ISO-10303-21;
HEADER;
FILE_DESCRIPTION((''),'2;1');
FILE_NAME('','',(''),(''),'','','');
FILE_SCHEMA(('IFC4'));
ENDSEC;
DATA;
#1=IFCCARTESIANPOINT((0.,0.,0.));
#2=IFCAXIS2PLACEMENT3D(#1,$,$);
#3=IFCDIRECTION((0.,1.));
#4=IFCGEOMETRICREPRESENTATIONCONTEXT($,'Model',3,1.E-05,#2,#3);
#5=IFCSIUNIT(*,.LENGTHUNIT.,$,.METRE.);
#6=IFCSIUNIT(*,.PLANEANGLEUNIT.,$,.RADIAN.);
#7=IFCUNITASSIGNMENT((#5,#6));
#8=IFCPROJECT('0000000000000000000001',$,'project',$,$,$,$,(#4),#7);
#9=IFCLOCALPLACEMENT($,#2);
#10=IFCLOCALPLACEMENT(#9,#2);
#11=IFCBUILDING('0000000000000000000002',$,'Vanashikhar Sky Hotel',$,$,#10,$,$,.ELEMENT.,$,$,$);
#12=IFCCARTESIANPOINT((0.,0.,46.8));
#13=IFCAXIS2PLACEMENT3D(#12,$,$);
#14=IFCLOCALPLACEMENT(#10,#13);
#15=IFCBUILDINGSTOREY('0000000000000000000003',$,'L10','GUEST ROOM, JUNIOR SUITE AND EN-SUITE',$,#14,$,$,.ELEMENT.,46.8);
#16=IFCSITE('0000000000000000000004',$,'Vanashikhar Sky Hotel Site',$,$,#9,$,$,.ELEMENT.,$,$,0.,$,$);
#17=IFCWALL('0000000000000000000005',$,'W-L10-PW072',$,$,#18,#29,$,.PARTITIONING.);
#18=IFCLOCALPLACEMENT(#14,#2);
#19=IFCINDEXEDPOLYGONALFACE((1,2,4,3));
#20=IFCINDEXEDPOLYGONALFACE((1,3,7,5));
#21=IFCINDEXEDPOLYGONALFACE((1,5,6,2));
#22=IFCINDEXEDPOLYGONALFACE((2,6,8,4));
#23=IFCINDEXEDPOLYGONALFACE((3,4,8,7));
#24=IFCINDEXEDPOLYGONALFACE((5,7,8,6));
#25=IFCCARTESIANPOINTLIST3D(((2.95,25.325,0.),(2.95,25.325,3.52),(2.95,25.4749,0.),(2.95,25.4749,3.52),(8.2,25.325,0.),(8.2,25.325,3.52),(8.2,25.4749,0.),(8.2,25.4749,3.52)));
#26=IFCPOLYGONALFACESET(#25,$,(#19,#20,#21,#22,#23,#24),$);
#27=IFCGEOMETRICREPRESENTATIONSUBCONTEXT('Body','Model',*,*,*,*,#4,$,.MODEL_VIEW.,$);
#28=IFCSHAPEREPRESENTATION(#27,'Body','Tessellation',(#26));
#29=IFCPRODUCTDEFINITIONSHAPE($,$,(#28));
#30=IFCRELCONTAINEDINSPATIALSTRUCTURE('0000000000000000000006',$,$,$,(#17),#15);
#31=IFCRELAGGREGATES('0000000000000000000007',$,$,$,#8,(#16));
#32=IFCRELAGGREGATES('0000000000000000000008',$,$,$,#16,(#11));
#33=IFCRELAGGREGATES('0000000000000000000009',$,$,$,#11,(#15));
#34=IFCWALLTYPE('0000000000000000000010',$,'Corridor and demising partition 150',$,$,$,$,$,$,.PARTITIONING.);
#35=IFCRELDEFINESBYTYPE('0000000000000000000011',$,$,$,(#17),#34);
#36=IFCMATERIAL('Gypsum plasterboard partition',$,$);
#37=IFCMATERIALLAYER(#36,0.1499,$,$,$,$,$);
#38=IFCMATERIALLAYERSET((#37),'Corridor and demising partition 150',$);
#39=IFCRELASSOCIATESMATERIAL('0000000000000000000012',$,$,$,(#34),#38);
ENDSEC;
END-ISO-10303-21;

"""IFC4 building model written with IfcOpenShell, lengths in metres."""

from ifc_helpers import new_model, si_unit, direction, frame, frame_2d, origin, place, context, subcontext, project, spatial, rectangle, extrude, source, transform, mapped, material, layer, layer_set, type_object, element, save


model = new_model("IFC4")

# Units and contexts
model_context = context("Model", 3, precision=1e-05, world=origin(), true_north=direction((0.0, 1.0)))
body_context = subcontext(model_context, "Body", "Model", "MODEL_VIEW")
ifc_project = project(units=[si_unit("LENGTHUNIT", "METRE"), si_unit("PLANEANGLEUNIT", "RADIAN")], contexts=[model_context])

# Site, building, storey
site_placement = place(None, origin())
site = spatial("IfcSite", under=ifc_project, at=site_placement, Name="Vanashikhar Sky Hotel Site", CompositionType="ELEMENT", RefElevation=0.0)
building_placement = place(site_placement, origin())
building = spatial("IfcBuilding", under=site, at=building_placement, Name="Vanashikhar Sky Hotel", CompositionType="ELEMENT")
storey_placement = place(building_placement, frame((0.0, 0.0, 46.8)))
storey = spatial("IfcBuildingStorey", under=building, at=storey_placement, Name="L10", Description="GUEST ROOM, JUNIOR SUITE AND EN-SUITE", CompositionType="ELEMENT", Elevation=46.8)

# Shared definitions
ifc_material_1 = material(Name="Gypsum plasterboard partition")
ifc_layer_1 = layer(ifc_material_1, 0.1499)
ifc_layer_set_1 = layer_set([ifc_layer_1], Name="Corridor and demising partition 150")
wall_type_1 = type_object("IfcWallType", Name="Corridor and demising partition 150", PredefinedType="PARTITIONING", material=ifc_layer_set_1)

# Wall
shared_shape_1 = source(origin(), body_context, "Body", "SweptSolid", [
    extrude(rectangle(XDim=5.25, YDim=0.1499, at=frame_2d((2.625, 0.0))), origin(), (0.0, 0.0, 1.0), 3.52),
])
wall_1_placement = place(storey_placement, frame((2.95, 25.3999, 0.0), z_axis=(0.0, 0.0, 1.0), x_axis=(1.0, 0.0, 0.0)))
element("IfcWall", 1, at=wall_1_placement, inside=storey, type_object=wall_type_1, Name="W-L10-PW072", PredefinedType="PARTITIONING", context=body_context, shape_type="MappedRepresentation", body=[
    mapped(shared_shape_1, transform((0.0, 0.0, 0.0), scale=1.0)),
])

save(model, "model.ifc")
